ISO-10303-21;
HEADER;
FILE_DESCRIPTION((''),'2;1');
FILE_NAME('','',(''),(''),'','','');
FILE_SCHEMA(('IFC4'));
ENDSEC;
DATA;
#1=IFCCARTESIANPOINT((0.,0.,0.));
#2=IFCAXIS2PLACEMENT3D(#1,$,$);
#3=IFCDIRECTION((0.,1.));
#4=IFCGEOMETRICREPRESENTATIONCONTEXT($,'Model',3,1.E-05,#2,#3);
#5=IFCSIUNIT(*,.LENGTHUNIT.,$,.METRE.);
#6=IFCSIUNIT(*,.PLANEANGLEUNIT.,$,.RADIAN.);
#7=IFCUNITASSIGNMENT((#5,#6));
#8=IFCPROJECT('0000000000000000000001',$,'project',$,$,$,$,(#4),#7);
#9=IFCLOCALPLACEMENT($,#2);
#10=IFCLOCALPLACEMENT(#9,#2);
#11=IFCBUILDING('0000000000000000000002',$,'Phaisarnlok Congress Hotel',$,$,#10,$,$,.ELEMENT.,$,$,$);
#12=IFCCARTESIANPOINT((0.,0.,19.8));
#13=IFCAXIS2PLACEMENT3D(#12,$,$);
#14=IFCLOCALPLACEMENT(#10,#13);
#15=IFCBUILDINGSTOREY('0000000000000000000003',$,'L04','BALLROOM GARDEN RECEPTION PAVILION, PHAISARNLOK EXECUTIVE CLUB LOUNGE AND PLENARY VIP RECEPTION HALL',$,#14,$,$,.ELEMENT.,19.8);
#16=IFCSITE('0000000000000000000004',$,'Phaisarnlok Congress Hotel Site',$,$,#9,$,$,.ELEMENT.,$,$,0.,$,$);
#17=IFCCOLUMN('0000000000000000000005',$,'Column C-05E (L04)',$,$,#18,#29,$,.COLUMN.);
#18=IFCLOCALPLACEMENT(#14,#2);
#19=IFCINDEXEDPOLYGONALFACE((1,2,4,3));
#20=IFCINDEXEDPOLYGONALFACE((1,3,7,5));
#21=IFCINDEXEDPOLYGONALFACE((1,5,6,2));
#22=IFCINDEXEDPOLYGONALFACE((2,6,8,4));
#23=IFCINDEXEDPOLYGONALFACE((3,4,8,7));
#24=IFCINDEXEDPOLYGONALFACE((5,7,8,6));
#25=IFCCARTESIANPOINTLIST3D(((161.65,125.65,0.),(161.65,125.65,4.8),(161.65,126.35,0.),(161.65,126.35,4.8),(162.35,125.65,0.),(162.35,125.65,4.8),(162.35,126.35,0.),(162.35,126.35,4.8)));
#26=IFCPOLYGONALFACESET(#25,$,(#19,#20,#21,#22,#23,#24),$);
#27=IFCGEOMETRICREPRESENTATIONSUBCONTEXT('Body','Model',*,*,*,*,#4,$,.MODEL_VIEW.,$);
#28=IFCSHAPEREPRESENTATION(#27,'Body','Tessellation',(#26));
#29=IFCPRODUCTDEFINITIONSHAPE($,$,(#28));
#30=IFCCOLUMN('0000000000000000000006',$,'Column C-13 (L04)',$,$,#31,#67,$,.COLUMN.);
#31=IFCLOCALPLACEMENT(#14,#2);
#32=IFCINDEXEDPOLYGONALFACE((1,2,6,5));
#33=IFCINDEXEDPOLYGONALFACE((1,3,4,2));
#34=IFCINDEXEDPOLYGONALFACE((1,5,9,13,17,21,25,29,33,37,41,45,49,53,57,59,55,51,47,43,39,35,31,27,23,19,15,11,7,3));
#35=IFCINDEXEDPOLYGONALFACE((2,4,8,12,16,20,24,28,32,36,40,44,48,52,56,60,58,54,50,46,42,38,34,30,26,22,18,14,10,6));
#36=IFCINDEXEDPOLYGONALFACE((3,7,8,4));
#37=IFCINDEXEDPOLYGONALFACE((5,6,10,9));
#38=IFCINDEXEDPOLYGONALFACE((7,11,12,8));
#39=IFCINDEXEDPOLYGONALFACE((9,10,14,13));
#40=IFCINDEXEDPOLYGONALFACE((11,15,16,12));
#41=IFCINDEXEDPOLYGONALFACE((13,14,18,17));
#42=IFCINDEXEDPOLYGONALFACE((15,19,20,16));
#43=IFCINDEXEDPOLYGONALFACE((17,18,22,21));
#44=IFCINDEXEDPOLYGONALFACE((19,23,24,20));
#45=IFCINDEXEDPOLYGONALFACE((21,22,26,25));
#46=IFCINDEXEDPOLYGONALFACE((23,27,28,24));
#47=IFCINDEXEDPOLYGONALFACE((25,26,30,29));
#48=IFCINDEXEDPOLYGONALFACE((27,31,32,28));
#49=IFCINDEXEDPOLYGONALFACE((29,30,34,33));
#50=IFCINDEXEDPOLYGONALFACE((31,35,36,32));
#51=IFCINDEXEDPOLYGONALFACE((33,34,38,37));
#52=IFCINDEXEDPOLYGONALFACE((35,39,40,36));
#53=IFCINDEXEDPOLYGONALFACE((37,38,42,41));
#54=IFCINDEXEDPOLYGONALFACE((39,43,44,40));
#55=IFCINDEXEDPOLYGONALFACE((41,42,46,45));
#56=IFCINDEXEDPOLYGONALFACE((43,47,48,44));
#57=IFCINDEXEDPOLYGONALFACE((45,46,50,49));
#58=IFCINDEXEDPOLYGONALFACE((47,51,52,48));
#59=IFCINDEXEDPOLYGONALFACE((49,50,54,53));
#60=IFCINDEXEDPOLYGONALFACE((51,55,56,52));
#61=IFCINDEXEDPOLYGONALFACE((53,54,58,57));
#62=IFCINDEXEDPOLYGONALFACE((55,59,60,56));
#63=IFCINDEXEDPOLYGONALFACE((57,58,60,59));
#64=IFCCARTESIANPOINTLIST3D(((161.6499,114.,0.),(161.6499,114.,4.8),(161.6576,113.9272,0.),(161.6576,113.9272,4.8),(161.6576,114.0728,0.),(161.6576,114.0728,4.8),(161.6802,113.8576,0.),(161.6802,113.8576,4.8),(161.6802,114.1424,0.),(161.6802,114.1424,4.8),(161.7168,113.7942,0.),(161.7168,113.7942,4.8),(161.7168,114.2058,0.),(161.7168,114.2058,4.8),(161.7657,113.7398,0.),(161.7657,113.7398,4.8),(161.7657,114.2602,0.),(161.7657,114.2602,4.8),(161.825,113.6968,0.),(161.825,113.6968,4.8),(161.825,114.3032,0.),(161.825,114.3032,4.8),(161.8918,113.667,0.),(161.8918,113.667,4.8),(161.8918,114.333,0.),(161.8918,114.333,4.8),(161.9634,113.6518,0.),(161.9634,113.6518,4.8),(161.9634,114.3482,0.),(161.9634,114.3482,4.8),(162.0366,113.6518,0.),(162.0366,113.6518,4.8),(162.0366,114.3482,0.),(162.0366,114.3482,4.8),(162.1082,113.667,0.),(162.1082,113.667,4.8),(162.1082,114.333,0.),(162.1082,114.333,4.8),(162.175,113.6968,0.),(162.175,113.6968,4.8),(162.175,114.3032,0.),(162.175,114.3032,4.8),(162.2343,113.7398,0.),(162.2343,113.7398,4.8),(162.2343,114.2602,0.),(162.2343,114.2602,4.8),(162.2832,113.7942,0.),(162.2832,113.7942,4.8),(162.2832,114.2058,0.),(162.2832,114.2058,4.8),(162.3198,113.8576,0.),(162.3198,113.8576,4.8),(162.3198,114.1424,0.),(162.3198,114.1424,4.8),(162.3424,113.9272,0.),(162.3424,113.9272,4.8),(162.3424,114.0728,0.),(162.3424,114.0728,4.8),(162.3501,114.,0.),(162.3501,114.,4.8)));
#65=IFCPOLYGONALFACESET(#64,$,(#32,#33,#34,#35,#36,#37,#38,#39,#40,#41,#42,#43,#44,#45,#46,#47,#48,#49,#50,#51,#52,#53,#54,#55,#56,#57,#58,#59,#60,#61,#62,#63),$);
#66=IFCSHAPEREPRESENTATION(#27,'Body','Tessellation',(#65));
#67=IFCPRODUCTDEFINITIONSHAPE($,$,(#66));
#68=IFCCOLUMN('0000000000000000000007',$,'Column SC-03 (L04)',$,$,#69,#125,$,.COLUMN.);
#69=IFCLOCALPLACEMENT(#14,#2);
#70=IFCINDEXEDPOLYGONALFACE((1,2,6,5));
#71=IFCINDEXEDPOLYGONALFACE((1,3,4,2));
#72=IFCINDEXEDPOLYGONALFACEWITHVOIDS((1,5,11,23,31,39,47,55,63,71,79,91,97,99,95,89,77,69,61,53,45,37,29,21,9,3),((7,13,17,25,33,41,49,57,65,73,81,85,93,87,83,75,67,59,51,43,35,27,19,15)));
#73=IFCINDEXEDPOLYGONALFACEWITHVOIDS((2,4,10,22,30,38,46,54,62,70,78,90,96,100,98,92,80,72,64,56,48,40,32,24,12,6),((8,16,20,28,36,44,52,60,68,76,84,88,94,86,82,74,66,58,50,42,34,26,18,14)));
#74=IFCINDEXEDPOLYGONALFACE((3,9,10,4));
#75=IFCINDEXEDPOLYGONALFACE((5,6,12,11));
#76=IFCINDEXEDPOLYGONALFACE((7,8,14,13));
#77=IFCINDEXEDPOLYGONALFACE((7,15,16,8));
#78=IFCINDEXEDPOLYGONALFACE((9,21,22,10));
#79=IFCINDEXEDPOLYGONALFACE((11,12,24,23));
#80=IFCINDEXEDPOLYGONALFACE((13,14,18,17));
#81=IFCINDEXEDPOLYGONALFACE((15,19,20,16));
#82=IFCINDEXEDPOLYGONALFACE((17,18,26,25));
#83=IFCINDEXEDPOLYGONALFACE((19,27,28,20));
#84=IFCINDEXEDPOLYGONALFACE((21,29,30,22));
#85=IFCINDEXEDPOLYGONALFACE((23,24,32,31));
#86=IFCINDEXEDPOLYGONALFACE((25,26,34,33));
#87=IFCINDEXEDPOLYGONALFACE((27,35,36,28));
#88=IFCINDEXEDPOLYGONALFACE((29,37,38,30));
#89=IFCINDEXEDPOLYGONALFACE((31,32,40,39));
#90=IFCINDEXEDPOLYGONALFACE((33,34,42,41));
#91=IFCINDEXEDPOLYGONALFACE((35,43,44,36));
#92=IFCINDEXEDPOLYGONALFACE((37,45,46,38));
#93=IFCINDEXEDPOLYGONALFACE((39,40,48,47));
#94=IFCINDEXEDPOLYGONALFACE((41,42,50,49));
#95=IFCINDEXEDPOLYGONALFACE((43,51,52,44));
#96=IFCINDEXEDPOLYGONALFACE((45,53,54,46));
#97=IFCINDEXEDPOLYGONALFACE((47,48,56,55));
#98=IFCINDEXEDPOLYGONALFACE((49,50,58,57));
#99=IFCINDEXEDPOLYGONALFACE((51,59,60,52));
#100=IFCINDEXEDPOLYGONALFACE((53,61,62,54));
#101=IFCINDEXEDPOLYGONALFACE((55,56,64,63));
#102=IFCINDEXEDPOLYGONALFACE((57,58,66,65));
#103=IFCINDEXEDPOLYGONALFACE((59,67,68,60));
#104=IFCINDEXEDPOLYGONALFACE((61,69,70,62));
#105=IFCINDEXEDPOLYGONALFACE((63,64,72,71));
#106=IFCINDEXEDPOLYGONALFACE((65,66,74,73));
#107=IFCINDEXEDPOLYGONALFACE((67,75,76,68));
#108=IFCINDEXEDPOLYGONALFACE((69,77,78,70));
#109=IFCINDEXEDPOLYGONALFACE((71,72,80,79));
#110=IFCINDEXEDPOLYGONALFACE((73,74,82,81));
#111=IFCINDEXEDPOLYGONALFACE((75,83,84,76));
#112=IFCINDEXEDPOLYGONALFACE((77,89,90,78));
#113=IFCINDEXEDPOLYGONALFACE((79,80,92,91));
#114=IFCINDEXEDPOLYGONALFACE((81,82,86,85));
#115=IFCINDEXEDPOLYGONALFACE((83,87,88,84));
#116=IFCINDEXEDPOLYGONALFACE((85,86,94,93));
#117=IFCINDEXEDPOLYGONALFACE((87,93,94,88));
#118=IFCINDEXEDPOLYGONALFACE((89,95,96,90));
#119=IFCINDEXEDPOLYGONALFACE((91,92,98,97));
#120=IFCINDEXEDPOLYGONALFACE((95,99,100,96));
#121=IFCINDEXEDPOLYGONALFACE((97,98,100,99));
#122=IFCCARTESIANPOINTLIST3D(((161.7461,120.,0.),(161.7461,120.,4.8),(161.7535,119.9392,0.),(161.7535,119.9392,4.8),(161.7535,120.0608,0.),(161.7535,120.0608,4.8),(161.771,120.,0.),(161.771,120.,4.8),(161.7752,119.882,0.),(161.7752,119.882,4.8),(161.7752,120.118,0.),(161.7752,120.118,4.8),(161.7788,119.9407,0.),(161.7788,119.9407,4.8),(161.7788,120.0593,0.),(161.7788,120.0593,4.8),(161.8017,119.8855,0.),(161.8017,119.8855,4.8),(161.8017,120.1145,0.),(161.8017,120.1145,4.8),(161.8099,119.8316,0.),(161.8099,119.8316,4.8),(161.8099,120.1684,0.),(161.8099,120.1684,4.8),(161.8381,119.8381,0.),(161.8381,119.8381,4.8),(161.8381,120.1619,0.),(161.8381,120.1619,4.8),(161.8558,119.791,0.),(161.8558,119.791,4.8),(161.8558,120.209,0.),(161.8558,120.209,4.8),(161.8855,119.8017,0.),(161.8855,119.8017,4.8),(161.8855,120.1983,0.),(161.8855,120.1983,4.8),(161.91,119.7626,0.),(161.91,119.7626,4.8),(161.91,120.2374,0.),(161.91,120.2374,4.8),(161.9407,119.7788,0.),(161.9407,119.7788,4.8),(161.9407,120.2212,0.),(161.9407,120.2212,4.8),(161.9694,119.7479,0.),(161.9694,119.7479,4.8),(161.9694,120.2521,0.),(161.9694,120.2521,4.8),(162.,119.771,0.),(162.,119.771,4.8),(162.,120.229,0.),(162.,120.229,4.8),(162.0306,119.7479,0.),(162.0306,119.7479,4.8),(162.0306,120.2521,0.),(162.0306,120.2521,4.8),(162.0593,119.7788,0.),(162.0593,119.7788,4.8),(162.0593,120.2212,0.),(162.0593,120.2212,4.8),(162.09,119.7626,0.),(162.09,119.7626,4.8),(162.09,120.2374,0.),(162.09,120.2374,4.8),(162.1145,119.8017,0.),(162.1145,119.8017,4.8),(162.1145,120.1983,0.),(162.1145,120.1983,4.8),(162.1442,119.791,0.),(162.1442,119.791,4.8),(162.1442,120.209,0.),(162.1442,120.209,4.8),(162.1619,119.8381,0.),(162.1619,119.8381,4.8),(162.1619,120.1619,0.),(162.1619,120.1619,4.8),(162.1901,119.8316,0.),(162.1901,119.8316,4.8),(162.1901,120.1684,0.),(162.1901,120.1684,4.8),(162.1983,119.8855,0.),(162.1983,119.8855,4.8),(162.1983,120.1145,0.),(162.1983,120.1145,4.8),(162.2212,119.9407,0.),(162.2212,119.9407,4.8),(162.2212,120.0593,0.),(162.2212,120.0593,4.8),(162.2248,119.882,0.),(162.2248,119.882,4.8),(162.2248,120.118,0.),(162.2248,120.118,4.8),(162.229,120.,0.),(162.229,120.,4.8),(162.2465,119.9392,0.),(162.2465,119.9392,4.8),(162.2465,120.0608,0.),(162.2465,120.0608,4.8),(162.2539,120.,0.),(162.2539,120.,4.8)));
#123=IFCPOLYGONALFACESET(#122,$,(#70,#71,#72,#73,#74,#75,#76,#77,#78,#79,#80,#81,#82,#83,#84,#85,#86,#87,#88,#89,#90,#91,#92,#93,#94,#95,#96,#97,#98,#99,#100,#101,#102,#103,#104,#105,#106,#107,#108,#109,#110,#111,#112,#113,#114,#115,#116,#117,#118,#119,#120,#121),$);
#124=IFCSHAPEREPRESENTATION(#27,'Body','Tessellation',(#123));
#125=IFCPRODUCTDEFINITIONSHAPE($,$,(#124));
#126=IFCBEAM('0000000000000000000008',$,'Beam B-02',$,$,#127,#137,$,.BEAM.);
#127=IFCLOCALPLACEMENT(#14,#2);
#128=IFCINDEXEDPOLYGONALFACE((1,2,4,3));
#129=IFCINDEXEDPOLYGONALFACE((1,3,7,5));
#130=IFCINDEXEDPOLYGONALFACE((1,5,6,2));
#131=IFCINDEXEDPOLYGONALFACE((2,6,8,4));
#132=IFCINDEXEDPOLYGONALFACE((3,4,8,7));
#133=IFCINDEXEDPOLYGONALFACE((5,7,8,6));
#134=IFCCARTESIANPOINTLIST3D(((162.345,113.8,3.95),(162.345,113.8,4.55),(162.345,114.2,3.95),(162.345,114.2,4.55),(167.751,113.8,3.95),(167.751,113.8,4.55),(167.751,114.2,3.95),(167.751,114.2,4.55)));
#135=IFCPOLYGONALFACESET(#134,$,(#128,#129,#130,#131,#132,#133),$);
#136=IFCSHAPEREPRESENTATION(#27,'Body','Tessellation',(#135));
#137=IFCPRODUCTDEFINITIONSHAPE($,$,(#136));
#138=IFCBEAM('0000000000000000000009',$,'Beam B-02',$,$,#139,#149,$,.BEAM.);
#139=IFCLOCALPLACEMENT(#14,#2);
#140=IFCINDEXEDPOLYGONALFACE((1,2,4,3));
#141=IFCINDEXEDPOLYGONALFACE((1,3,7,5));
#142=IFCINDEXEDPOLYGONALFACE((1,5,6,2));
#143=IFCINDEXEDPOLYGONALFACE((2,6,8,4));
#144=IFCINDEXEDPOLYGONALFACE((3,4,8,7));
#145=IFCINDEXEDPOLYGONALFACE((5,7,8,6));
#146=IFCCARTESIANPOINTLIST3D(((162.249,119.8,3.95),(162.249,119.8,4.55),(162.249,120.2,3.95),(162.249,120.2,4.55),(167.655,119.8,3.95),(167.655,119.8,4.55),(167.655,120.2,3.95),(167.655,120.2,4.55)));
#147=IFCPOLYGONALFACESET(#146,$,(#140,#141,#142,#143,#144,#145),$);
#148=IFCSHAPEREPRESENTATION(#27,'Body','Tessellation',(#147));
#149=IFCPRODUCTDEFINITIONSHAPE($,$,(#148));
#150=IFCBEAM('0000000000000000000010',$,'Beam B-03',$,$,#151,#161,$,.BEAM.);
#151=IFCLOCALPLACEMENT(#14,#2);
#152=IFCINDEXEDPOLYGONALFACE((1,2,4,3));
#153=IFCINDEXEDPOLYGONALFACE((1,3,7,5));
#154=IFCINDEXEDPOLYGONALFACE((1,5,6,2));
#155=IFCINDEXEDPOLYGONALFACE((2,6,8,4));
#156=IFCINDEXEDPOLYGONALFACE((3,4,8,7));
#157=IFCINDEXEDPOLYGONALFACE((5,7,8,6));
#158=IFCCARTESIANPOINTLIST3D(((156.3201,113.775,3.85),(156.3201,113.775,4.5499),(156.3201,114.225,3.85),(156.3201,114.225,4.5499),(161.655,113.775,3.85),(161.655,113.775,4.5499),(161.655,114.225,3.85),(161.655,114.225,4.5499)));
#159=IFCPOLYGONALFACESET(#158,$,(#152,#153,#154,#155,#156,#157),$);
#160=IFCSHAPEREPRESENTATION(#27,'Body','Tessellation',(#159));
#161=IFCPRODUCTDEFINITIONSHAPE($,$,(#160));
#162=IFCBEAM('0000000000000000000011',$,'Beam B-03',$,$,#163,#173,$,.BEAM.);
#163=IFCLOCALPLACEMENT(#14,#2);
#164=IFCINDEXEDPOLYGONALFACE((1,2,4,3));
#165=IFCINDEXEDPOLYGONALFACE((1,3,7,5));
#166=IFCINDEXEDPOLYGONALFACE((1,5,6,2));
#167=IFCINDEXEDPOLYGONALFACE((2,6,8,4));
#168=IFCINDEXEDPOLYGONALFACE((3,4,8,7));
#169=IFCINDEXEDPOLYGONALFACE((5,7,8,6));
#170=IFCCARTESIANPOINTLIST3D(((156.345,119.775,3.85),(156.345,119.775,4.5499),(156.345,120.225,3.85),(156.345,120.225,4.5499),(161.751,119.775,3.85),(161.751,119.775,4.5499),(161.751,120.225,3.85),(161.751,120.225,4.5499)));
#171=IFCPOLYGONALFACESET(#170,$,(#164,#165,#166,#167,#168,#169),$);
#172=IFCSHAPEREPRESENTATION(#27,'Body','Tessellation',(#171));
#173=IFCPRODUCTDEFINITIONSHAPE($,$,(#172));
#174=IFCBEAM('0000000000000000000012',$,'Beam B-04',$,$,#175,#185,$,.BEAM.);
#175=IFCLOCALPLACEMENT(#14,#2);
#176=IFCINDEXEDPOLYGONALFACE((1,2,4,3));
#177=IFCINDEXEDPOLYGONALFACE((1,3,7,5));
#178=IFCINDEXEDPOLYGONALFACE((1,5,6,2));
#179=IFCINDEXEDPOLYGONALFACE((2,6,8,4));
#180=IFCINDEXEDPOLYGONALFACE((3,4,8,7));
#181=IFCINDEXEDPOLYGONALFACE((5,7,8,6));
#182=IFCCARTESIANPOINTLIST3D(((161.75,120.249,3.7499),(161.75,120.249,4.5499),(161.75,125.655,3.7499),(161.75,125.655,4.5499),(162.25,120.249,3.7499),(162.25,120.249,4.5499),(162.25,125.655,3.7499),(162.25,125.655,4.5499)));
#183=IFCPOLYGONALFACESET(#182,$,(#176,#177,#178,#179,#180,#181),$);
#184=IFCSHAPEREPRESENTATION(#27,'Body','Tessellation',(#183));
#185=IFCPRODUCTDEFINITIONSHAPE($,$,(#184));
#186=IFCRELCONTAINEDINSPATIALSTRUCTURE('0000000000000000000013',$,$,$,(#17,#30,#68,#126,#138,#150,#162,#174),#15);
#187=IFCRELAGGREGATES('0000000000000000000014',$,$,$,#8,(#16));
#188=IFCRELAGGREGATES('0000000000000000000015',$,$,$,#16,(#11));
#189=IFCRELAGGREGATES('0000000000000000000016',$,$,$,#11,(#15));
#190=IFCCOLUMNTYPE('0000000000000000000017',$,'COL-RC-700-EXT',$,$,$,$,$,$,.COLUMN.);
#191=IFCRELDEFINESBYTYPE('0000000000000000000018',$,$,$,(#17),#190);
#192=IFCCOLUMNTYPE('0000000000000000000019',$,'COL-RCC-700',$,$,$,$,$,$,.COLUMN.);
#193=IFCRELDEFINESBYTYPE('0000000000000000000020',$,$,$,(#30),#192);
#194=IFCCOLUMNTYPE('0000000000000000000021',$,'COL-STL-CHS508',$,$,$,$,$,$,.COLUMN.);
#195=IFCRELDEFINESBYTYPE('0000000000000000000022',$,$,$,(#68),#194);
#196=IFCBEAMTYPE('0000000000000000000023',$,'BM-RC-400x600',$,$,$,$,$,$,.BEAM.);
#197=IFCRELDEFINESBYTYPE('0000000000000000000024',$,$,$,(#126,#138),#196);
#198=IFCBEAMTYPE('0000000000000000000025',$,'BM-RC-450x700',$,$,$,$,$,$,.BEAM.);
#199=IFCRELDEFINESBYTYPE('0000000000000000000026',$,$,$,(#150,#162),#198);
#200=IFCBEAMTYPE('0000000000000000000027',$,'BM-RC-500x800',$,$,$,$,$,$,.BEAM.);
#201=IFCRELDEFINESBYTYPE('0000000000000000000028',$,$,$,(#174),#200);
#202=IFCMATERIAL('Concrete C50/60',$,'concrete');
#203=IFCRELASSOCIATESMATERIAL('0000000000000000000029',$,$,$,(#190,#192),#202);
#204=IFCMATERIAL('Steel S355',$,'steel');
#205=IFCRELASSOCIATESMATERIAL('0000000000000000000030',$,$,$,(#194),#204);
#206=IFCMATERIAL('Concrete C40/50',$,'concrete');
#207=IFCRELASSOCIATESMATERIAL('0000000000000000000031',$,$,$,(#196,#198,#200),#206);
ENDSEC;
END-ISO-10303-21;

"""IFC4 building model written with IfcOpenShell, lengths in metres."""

from ifc_helpers import new_model, si_unit, direction, frame, origin, origin_2d, place, context, subcontext, project, spatial, rectangle, circle, hollow_circle, extrude, material, material_profile, profile_set, type_object, element, save


model = new_model("IFC4")

# Units and contexts
model_context = context("Model", 3, precision=1e-05, world=origin(), true_north=direction((0.0, 1.0)))
body_context = subcontext(model_context, "Body", "Model", "MODEL_VIEW")
ifc_project = project(units=[si_unit("LENGTHUNIT", "METRE"), si_unit("PLANEANGLEUNIT", "RADIAN")], contexts=[model_context])

# Site, building, storey
site_placement = place(None, origin())
site = spatial("IfcSite", under=ifc_project, at=site_placement, Name="Phaisarnlok Congress Hotel Site", CompositionType="ELEMENT", RefElevation=0.0)
building_placement = place(site_placement, origin())
building = spatial("IfcBuilding", under=site, at=building_placement, Name="Phaisarnlok Congress Hotel", CompositionType="ELEMENT")
storey_placement = place(building_placement, frame((0.0, 0.0, 19.8)))
storey = spatial("IfcBuildingStorey", under=building, at=storey_placement, Name="L04", Description="BALLROOM GARDEN RECEPTION PAVILION, PHAISARNLOK EXECUTIVE CLUB LOUNGE AND PLENARY VIP RECEPTION HALL", CompositionType="ELEMENT", Elevation=19.8)

# Columns
ifc_material_1 = material(Name="Concrete C50/60", Category="concrete")
ifc_material_profile_1 = material_profile(ifc_material_1, rectangle(XDim=0.7, YDim=0.7, at=origin_2d()), Name="RC 700x700")
ifc_profile_set_1 = profile_set([ifc_material_profile_1], Name="Concrete C50/60")
column_type_1 = type_object("IfcColumnType", Name="COL-RC-700-EXT", PredefinedType="COLUMN", material=ifc_profile_set_1)
column_1_placement = place(storey_placement, frame((162.0, 126.0, 0.0), z_axis=(0.0, 0.0, 1.0), x_axis=(1.0, 0.0, 0.0)))
element("IfcColumn", 1, at=column_1_placement, inside=storey, type_object=column_type_1, Name="Column C-05E (L04)", PredefinedType="COLUMN", context=body_context, shape_type="SweptSolid", body=[
    extrude(rectangle(XDim=0.7, YDim=0.7, at=origin_2d()), origin(), (0.0, 0.0, 1.0), 4.8),
])
ifc_material_profile_2 = material_profile(ifc_material_1, circle(Radius=0.3501, at=origin_2d()), Name="RCC D700")
ifc_profile_set_2 = profile_set([ifc_material_profile_2], Name="Concrete C50/60")
column_type_2 = type_object("IfcColumnType", Name="COL-RCC-700", PredefinedType="COLUMN", material=ifc_profile_set_2)
column_2_placement = place(storey_placement, frame((162.0, 114.0, 0.0), z_axis=(0.0, 0.0, 1.0), x_axis=(1.0, 0.0, 0.0)))
element("IfcColumn", 2, at=column_2_placement, inside=storey, type_object=column_type_2, Name="Column C-13 (L04)", PredefinedType="COLUMN", context=body_context, shape_type="SweptSolid", body=[
    extrude(circle(Radius=0.3501, at=origin_2d()), origin(), (0.0, 0.0, 1.0), 4.8),
])
ifc_material_2 = material(Name="Steel S355", Category="steel")
ifc_material_profile_3 = material_profile(ifc_material_2, hollow_circle(Radius=0.2539, WallThickness=0.0249, at=origin_2d()), Name="CHS 508x25")
ifc_profile_set_3 = profile_set([ifc_material_profile_3], Name="Steel S355")
column_type_3 = type_object("IfcColumnType", Name="COL-STL-CHS508", PredefinedType="COLUMN", material=ifc_profile_set_3)
column_3_placement = place(storey_placement, frame((162.0, 120.0, 0.0), z_axis=(0.0, 0.0, 1.0), x_axis=(1.0, 0.0, 0.0)))
element("IfcColumn", 3, at=column_3_placement, inside=storey, type_object=column_type_3, Name="Column SC-03 (L04)", PredefinedType="COLUMN", context=body_context, shape_type="SweptSolid", body=[
    extrude(hollow_circle(Radius=0.2539, WallThickness=0.0249, at=origin_2d()), origin(), (0.0, 0.0, 1.0), 4.8),
])

# Beams
ifc_material_3 = material(Name="Concrete C40/50", Category="concrete")
ifc_material_profile_4 = material_profile(ifc_material_3, rectangle(XDim=0.3999, YDim=0.6001, at=origin_2d()), Name="RC 400x600")
ifc_profile_set_4 = profile_set([ifc_material_profile_4], Name="Concrete C40/50")
beam_type_1 = type_object("IfcBeamType", Name="BM-RC-400x600", PredefinedType="BEAM", material=ifc_profile_set_4)
for number, where, z_axis, x_axis, name in (
    (4, (162.345, 114.0, 4.25), (1.0, 0.0, 0.0), (0.0, 1.0, 0.0), "Beam B-02"),
    (5, (162.249, 120.0, 4.25), (1.0, 0.0, 0.0), (0.0, 1.0, 0.0), "Beam B-02"),
):
    element("IfcBeam", number, at=place(storey_placement, frame(where, z_axis=z_axis, x_axis=x_axis)), inside=storey, type_object=beam_type_1, Name=name, PredefinedType="BEAM", context=body_context, shape_type="SweptSolid", body=[
        extrude(rectangle(XDim=0.3999, YDim=0.6001, at=origin_2d()), origin(), (0.0, 0.0, 1.0), 5.406),
    ])
ifc_material_profile_5 = material_profile(ifc_material_3, rectangle(XDim=0.45, YDim=0.7, at=origin_2d()), Name="RC 450x700")
ifc_profile_set_5 = profile_set([ifc_material_profile_5], Name="Concrete C40/50")
beam_type_2 = type_object("IfcBeamType", Name="BM-RC-450x700", PredefinedType="BEAM", material=ifc_profile_set_5)
beam_1_placement = place(storey_placement, frame((156.3201, 114.0, 4.2), z_axis=(1.0, 0.0, 0.0), x_axis=(0.0, 1.0, 0.0)))
element("IfcBeam", 6, at=beam_1_placement, inside=storey, type_object=beam_type_2, Name="Beam B-03", PredefinedType="BEAM", context=body_context, shape_type="SweptSolid", body=[
    extrude(rectangle(XDim=0.45, YDim=0.7, at=origin_2d()), origin(), (0.0, 0.0, 1.0), 5.335),
])
beam_2_placement = place(storey_placement, frame((156.345, 120.0, 4.2), z_axis=(1.0, 0.0, 0.0), x_axis=(0.0, 1.0, 0.0)))
element("IfcBeam", 7, at=beam_2_placement, inside=storey, type_object=beam_type_2, Name="Beam B-03", PredefinedType="BEAM", context=body_context, shape_type="SweptSolid", body=[
    extrude(rectangle(XDim=0.45, YDim=0.7, at=origin_2d()), origin(), (0.0, 0.0, 1.0), 5.406),
])
ifc_material_profile_6 = material_profile(ifc_material_3, rectangle(XDim=0.5, YDim=0.8, at=origin_2d()), Name="RC 500x800")
ifc_profile_set_6 = profile_set([ifc_material_profile_6], Name="Concrete C40/50")
beam_type_3 = type_object("IfcBeamType", Name="BM-RC-500x800", PredefinedType="BEAM", material=ifc_profile_set_6)
beam_3_placement = place(storey_placement, frame((162.0, 120.249, 4.1499), z_axis=(0.0, 1.0, 0.0), x_axis=(-1.0, 0.0, 0.0)))
element("IfcBeam", 8, at=beam_3_placement, inside=storey, type_object=beam_type_3, Name="Beam B-04", PredefinedType="BEAM", context=body_context, shape_type="SweptSolid", body=[
    extrude(rectangle(XDim=0.5, YDim=0.8, at=origin_2d()), origin(), (0.0, 0.0, 1.0), 5.406),
])

save(model, "model.ifc")
